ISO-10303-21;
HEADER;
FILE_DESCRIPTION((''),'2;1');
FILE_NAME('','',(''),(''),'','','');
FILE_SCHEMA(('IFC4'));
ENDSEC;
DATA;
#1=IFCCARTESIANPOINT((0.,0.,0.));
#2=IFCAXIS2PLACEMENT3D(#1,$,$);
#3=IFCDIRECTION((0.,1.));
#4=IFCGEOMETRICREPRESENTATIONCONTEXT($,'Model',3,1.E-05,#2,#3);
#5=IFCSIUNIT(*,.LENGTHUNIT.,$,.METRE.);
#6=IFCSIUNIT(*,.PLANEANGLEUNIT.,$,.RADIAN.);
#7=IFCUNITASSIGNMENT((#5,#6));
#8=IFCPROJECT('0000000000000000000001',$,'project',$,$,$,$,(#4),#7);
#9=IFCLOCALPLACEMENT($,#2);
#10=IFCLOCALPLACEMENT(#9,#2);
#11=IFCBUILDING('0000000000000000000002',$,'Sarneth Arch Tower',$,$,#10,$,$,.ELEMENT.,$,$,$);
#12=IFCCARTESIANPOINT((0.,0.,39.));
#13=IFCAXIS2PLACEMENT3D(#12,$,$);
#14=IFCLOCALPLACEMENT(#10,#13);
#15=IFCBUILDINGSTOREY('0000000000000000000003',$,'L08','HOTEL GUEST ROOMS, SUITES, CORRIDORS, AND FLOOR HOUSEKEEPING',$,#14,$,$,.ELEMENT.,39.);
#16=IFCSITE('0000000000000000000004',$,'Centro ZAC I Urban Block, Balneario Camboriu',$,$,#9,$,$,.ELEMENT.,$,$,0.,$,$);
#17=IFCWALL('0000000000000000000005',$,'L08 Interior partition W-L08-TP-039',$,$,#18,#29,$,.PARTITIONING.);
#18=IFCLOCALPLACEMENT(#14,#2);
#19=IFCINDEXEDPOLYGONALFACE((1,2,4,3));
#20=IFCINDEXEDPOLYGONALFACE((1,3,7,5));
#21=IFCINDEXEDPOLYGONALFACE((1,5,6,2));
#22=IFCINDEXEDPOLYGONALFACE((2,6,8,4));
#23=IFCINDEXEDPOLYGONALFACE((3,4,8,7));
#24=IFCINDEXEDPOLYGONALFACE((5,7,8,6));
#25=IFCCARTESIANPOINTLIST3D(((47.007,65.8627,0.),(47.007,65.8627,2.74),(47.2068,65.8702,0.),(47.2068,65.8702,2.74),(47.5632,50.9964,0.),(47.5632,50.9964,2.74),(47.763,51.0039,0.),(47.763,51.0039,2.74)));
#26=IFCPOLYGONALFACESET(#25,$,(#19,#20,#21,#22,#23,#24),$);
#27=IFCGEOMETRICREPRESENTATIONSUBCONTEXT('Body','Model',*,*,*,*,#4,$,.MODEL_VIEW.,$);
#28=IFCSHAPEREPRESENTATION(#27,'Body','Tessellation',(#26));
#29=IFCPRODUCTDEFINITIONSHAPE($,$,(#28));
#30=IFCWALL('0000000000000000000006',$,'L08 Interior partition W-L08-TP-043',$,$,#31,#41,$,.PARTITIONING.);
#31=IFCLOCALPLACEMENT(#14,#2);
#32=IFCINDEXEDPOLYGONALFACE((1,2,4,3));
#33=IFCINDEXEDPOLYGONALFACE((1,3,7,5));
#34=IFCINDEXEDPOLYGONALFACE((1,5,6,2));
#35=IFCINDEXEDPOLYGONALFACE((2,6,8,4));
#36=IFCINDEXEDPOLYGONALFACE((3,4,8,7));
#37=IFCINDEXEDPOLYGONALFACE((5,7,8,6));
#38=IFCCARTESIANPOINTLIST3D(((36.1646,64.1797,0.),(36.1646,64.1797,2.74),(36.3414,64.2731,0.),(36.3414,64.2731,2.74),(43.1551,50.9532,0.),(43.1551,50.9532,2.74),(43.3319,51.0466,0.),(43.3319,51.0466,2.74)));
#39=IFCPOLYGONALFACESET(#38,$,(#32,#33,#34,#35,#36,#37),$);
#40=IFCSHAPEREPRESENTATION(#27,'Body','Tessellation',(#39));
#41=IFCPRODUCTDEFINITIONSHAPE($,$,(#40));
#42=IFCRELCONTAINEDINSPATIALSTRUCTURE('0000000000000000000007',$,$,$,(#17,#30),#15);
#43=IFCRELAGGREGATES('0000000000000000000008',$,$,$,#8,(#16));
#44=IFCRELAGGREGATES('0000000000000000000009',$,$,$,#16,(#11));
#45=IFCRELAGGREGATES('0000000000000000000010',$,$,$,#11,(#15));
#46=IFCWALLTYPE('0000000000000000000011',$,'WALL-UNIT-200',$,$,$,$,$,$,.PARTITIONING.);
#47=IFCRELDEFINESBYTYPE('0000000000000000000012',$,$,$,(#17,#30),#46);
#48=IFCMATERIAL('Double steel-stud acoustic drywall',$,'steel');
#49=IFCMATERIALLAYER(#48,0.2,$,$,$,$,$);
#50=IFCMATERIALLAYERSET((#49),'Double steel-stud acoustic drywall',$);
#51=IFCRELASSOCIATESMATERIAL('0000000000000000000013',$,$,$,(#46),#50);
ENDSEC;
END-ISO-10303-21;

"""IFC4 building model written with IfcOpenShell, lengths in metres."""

from ifc_helpers import new_model, si_unit, direction, frame, frame_2d, origin, place, context, subcontext, project, spatial, rectangle, extrude, material, layer, layer_set, type_object, element, save


model = new_model("IFC4")

# Units and contexts
model_context = context("Model", 3, precision=1e-05, world=origin(), true_north=direction((0.0, 1.0)))
body_context = subcontext(model_context, "Body", "Model", "MODEL_VIEW")
ifc_project = project(units=[si_unit("LENGTHUNIT", "METRE"), si_unit("PLANEANGLEUNIT", "RADIAN")], contexts=[model_context])

# Site, building, storey
site_placement = place(None, origin())
site = spatial("IfcSite", under=ifc_project, at=site_placement, Name="Centro ZAC I Urban Block, Balneario Camboriu", CompositionType="ELEMENT", RefElevation=0.0)
building_placement = place(site_placement, origin())
building = spatial("IfcBuilding", under=site, at=building_placement, Name="Sarneth Arch Tower", CompositionType="ELEMENT")
storey_placement = place(building_placement, frame((0.0, 0.0, 39.0)))
storey = spatial("IfcBuildingStorey", under=building, at=storey_placement, Name="L08", Description="HOTEL GUEST ROOMS, SUITES, CORRIDORS, AND FLOOR HOUSEKEEPING", CompositionType="ELEMENT", Elevation=39.0)

# Walls
ifc_material_1 = material(Name="Double steel-stud acoustic drywall", Category="steel")
ifc_layer_1 = layer(ifc_material_1, 0.2)
ifc_layer_set_1 = layer_set([ifc_layer_1], Name="Double steel-stud acoustic drywall")
wall_type_1 = type_object("IfcWallType", Name="WALL-UNIT-200", PredefinedType="PARTITIONING", material=ifc_layer_set_1)
wall_1_placement = place(storey_placement, frame((47.6631, 51.0, 0.0), z_axis=(0.0, 0.0, 1.0), x_axis=(-0.037384, 0.999301, 0.0)))
element("IfcWall", 1, at=wall_1_placement, inside=storey, type_object=wall_type_1, Name="L08 Interior partition W-L08-TP-039", PredefinedType="PARTITIONING", context=body_context, shape_type="SweptSolid", body=[
    extrude(rectangle(XDim=14.8767, YDim=0.2, at=frame_2d((7.4385, 0.0))), origin(), (0.0, 0.0, 1.0), 2.74),
])
wall_2_placement = place(storey_placement, frame((43.2434, 51.0, 0.0), z_axis=(0.0, 0.0, 1.0), x_axis=(-0.467271, 0.884114, 0.0)))
element("IfcWall", 2, at=wall_2_placement, inside=storey, type_object=wall_type_1, Name="L08 Interior partition W-L08-TP-043", PredefinedType="PARTITIONING", context=body_context, shape_type="SweptSolid", body=[
    extrude(rectangle(XDim=14.9602, YDim=0.2, at=frame_2d((7.48, 0.0))), origin(), (0.0, 0.0, 1.0), 2.74),
])

save(model, "model.ifc")
